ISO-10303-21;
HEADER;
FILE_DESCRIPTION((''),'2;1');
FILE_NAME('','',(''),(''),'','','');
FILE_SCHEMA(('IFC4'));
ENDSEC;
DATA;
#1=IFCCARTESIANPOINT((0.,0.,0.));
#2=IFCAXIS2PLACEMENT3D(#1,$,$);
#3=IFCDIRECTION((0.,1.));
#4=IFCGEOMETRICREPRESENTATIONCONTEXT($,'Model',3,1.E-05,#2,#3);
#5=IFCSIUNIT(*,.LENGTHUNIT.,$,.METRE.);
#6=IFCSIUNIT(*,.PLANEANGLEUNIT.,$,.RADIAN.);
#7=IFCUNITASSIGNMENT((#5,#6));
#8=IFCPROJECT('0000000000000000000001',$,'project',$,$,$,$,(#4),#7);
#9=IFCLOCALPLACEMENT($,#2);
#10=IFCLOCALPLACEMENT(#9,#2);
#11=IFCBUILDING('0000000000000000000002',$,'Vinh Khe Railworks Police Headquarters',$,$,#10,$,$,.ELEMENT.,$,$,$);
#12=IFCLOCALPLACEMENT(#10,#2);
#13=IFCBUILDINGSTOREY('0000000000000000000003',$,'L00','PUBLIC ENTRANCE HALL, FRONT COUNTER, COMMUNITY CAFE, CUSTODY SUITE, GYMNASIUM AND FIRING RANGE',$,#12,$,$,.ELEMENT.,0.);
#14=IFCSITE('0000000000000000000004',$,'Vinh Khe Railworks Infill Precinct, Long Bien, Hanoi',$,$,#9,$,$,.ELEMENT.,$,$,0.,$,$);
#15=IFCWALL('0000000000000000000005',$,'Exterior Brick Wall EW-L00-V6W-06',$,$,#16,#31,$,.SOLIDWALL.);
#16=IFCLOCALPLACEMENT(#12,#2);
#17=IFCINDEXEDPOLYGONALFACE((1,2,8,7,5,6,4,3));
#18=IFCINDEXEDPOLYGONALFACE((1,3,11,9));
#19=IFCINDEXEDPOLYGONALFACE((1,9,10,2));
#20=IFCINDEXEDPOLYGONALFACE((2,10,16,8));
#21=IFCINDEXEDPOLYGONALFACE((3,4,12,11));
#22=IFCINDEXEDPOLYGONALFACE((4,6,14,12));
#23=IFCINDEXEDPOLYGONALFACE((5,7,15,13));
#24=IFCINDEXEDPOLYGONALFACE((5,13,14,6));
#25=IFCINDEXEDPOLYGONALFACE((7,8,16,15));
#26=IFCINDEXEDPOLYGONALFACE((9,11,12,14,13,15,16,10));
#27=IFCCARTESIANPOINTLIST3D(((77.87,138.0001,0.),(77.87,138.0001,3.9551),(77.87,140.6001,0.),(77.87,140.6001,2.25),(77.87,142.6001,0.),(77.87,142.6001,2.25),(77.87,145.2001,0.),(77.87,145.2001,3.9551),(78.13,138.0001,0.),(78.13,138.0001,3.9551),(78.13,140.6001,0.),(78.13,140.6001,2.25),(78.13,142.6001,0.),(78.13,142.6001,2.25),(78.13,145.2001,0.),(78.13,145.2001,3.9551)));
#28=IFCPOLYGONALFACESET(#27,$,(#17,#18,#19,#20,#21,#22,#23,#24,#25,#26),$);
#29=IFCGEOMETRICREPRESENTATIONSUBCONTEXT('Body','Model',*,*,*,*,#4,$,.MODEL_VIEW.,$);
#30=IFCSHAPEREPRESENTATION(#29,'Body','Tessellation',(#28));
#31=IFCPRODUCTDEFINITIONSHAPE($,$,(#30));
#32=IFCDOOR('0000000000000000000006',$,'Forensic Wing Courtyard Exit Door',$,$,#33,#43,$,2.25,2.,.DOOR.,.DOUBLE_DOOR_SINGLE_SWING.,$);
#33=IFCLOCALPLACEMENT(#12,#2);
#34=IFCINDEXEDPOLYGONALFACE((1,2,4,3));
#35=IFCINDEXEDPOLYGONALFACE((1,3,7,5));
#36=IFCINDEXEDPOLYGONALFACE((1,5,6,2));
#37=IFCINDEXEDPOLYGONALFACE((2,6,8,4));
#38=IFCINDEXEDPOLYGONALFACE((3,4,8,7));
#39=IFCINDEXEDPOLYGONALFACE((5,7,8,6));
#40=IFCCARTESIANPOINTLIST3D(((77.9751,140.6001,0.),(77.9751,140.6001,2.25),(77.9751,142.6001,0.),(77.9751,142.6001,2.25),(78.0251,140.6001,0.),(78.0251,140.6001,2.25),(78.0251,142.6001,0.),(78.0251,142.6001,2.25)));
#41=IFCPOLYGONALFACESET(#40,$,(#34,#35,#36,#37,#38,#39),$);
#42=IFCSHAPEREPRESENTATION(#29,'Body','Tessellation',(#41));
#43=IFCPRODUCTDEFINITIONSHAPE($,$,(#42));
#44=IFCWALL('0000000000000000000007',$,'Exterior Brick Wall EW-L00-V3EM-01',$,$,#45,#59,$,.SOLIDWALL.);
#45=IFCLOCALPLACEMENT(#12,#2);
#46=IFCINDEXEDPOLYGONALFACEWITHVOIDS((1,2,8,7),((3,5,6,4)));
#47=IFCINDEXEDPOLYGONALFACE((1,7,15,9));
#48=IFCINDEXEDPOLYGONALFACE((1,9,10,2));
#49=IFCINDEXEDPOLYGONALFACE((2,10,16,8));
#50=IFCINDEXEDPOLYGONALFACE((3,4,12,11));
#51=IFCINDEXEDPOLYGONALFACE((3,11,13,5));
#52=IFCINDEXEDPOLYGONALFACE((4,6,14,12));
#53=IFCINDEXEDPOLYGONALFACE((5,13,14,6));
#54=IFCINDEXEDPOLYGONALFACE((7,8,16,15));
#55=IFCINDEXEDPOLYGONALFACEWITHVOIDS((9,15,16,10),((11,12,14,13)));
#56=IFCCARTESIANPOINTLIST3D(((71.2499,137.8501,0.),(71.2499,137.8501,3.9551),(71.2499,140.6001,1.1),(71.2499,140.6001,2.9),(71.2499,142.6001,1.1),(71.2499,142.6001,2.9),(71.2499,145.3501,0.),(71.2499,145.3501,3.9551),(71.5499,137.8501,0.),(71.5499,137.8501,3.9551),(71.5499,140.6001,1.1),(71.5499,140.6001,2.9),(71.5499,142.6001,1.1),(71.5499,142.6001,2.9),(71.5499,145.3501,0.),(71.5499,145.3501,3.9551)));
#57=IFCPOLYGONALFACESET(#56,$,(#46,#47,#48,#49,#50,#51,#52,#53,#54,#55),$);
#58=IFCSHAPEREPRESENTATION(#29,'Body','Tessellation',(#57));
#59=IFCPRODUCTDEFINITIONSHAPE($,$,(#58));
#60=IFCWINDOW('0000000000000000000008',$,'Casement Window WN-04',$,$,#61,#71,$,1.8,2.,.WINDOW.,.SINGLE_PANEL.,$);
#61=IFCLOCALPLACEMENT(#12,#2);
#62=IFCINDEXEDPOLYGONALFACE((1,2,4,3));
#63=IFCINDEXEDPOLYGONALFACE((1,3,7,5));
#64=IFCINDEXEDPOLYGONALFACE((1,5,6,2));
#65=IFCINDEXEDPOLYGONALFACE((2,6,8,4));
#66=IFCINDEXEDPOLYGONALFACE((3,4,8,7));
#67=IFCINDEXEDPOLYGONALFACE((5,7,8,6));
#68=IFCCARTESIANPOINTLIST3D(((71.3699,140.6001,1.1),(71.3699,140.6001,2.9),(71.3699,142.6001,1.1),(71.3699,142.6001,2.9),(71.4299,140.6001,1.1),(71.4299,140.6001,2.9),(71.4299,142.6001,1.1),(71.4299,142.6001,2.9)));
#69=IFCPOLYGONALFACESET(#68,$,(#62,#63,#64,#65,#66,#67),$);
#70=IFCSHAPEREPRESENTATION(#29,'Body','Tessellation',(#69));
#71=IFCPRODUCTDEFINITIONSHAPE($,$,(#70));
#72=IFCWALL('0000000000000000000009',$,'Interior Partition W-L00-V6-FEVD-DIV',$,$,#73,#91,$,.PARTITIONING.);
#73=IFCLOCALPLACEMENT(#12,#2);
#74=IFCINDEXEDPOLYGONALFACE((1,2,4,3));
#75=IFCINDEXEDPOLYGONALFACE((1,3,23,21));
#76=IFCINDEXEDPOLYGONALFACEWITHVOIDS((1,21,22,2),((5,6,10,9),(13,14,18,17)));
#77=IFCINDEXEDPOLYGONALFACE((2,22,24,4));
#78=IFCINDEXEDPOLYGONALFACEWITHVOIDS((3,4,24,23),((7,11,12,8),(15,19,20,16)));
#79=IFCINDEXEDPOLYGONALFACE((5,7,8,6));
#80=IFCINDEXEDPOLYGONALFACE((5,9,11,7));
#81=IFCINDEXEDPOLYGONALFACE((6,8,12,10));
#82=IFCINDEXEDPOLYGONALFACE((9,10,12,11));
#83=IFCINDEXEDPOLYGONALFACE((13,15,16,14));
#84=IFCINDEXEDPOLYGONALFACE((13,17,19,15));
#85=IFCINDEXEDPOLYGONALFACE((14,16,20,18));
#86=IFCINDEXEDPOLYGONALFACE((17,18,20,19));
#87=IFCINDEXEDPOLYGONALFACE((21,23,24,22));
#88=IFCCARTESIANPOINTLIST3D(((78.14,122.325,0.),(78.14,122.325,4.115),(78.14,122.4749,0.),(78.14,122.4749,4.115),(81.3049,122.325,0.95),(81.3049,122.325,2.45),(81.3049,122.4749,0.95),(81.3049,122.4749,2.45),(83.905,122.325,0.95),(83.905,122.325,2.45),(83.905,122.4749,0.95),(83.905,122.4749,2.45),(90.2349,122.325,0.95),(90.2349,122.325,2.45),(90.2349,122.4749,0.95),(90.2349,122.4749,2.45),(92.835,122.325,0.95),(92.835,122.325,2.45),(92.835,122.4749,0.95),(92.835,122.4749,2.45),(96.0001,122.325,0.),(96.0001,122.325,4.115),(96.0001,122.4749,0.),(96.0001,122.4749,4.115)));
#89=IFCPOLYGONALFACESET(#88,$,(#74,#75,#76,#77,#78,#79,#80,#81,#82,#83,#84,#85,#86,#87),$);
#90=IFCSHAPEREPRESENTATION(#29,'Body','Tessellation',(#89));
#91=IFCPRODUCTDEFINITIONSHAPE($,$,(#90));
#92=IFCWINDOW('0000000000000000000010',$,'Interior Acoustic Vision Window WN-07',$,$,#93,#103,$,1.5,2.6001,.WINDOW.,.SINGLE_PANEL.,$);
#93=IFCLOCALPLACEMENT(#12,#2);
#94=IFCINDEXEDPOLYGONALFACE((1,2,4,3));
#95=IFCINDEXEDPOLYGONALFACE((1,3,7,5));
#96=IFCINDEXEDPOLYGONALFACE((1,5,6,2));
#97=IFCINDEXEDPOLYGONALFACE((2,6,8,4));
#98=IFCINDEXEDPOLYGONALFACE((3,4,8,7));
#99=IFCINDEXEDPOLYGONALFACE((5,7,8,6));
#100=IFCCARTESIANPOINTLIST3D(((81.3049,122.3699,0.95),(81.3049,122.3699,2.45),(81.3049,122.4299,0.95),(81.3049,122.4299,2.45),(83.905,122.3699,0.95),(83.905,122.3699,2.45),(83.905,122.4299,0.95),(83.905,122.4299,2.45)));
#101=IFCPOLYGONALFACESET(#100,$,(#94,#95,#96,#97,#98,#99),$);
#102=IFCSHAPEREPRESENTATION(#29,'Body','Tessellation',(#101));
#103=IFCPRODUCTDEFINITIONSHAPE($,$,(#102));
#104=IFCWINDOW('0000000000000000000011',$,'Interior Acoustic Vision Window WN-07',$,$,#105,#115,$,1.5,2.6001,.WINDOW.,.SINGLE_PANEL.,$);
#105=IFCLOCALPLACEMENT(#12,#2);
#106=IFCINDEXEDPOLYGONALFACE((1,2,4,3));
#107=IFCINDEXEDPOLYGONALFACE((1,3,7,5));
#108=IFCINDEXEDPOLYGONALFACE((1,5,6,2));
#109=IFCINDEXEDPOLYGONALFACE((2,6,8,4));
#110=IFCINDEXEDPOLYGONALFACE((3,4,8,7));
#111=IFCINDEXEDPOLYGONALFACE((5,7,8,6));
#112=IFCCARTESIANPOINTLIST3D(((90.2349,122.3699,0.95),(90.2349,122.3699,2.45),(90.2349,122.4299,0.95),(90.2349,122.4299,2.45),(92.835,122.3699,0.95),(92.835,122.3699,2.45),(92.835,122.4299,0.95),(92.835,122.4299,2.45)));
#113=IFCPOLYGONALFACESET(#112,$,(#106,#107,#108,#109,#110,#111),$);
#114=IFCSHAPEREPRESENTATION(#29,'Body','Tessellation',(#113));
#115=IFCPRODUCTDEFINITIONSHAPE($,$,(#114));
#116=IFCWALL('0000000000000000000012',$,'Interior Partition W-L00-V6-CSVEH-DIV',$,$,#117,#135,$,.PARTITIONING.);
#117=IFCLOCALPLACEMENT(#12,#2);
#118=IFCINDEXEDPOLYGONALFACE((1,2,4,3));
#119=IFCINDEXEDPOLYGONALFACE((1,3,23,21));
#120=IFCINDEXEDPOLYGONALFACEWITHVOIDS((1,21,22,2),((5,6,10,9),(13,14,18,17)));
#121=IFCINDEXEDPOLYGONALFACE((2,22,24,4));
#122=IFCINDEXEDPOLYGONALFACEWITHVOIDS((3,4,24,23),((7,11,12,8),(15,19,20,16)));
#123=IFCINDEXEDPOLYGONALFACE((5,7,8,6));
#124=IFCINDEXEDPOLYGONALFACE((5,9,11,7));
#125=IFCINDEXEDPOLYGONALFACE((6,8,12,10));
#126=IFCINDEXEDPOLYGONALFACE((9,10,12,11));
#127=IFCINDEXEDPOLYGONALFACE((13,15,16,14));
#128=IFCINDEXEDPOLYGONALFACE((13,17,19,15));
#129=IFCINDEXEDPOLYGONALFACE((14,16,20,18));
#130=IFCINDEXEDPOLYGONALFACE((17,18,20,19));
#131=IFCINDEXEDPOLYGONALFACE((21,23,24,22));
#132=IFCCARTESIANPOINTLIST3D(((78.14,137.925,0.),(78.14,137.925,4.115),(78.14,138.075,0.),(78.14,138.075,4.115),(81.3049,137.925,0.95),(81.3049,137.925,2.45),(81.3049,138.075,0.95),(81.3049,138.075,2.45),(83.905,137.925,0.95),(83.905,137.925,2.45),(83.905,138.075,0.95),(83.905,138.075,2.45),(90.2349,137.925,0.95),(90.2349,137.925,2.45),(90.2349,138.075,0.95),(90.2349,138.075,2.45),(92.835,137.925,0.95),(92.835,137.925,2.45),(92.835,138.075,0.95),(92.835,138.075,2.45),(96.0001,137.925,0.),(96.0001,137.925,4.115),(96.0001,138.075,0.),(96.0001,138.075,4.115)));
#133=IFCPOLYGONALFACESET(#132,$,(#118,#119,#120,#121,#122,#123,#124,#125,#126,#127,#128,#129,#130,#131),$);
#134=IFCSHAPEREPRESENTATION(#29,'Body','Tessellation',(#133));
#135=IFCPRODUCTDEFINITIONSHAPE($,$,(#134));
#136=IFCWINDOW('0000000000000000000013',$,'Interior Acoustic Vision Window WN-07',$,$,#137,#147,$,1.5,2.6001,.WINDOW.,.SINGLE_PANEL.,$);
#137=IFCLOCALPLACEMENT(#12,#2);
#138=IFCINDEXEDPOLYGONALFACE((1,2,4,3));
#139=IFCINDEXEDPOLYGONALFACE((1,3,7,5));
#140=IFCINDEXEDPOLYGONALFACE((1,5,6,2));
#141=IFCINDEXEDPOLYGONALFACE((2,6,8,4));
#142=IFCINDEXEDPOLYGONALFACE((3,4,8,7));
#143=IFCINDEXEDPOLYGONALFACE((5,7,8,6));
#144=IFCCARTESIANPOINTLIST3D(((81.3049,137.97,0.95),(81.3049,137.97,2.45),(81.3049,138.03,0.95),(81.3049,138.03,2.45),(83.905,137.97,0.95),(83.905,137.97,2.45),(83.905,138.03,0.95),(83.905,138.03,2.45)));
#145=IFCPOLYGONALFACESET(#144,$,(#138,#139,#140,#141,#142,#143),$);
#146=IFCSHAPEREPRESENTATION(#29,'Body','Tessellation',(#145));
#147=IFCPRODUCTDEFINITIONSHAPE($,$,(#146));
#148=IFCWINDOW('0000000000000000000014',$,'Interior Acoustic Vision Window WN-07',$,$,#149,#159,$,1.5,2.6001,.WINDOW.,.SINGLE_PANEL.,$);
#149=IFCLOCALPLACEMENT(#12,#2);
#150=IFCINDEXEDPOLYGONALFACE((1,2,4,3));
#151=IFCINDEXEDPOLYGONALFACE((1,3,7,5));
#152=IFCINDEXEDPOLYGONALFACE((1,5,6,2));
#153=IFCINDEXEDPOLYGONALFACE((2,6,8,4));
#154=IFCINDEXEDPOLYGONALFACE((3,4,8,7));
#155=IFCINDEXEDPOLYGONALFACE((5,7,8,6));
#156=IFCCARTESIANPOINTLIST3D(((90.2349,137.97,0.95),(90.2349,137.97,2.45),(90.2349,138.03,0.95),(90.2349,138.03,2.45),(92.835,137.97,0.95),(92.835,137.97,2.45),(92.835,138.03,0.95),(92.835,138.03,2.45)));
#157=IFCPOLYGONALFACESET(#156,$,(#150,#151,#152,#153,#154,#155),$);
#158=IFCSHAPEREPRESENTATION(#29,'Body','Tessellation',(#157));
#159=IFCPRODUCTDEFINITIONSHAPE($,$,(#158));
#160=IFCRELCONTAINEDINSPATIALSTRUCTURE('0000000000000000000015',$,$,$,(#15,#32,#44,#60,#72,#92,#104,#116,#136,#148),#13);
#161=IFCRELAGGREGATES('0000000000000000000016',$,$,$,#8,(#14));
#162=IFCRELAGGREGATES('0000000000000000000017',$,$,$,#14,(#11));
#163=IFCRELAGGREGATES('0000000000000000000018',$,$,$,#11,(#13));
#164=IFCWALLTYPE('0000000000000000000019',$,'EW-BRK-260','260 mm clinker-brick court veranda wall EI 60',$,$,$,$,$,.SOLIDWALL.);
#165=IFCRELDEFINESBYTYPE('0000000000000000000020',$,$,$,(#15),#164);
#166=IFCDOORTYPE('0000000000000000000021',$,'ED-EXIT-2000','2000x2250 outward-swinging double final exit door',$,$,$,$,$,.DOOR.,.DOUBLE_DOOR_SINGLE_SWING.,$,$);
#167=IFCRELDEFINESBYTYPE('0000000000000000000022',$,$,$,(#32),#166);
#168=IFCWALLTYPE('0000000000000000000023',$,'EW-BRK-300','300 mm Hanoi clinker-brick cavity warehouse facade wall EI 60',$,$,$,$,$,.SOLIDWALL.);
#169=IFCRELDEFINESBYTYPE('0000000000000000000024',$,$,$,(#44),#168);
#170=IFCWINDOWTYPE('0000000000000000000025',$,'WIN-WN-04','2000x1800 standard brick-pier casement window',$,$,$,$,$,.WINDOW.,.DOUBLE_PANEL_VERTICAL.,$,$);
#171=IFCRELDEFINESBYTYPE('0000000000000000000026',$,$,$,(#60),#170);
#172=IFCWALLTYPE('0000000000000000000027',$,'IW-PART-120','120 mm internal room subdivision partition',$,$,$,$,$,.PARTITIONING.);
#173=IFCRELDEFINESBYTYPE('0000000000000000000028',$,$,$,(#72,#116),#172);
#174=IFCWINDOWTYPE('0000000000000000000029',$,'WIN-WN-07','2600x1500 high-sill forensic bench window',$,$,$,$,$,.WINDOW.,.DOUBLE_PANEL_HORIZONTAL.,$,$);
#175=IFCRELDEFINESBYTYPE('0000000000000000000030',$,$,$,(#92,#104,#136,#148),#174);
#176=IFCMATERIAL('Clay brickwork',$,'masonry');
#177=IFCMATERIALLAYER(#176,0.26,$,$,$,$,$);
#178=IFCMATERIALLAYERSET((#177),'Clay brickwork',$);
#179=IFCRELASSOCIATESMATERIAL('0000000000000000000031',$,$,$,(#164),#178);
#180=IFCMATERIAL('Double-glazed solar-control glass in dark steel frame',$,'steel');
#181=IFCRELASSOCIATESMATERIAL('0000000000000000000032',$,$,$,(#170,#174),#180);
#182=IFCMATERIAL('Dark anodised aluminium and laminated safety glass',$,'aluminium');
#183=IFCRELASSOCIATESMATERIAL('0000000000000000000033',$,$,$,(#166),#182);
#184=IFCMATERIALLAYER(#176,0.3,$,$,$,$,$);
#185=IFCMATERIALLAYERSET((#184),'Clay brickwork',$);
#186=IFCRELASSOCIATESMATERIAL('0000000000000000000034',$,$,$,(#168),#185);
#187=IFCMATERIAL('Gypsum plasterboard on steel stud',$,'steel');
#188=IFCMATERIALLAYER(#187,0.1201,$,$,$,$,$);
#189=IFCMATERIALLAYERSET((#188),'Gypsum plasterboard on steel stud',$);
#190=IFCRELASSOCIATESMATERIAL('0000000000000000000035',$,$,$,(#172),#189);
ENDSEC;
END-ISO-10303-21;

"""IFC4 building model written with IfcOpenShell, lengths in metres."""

from ifc_helpers import new_model, si_unit, direction, frame, frame_2d, origin, place, context, subcontext, project, spatial, rectangle, extrude, material, layer, layer_set, type_object, element, fill, save


model = new_model("IFC4")

# Units and contexts
model_context = context("Model", 3, precision=1e-05, world=origin(), true_north=direction((0.0, 1.0)))
body_context = subcontext(model_context, "Body", "Model", "MODEL_VIEW")
ifc_project = project(units=[si_unit("LENGTHUNIT", "METRE"), si_unit("PLANEANGLEUNIT", "RADIAN")], contexts=[model_context])

# Site, building, storey
site_placement = place(None, origin())
site = spatial("IfcSite", under=ifc_project, at=site_placement, Name="Vinh Khe Railworks Infill Precinct, Long Bien, Hanoi", CompositionType="ELEMENT", RefElevation=0.0)
building_placement = place(site_placement, origin())
building = spatial("IfcBuilding", under=site, at=building_placement, Name="Vinh Khe Railworks Police Headquarters", CompositionType="ELEMENT")
storey_placement = place(building_placement, origin())
storey = spatial("IfcBuildingStorey", under=building, at=storey_placement, Name="L00", Description="PUBLIC ENTRANCE HALL, FRONT COUNTER, COMMUNITY CAFE, CUSTODY SUITE, GYMNASIUM AND FIRING RANGE", CompositionType="ELEMENT", Elevation=0.0)

# Shared definitions
ifc_material_1 = material(Name="Clay brickwork", Category="masonry")
ifc_layer_1 = layer(ifc_material_1, 0.26)
ifc_layer_set_1 = layer_set([ifc_layer_1], Name="Clay brickwork")
wall_type_1 = type_object("IfcWallType", Name="EW-BRK-260", Description="260 mm clinker-brick court veranda wall EI 60", PredefinedType="SOLIDWALL", material=ifc_layer_set_1)
ifc_material_2 = material(Name="Double-glazed solar-control glass in dark steel frame", Category="steel")
window_type_1 = type_object("IfcWindowType", Name="WIN-WN-04", Description="2000x1800 standard brick-pier casement window", PartitioningType="DOUBLE_PANEL_VERTICAL", PredefinedType="WINDOW", material=ifc_material_2)

# Wall, opening, door
wall_1_placement = place(storey_placement, frame((78.0, 138.0, 0.0), z_axis=(0.0, 0.0, 1.0), x_axis=(0.0, 1.0, 0.0)))
wall_1 = element("IfcWall", 1, at=wall_1_placement, inside=storey, type_object=wall_type_1, Name="Exterior Brick Wall EW-L00-V6W-06", PredefinedType="SOLIDWALL", context=body_context, shape_type="SweptSolid", body=[
    extrude(rectangle(XDim=7.2, YDim=0.26, at=frame_2d((3.6001, 0.0))), origin(), (0.0, 0.0, 1.0), 3.9551),
])
opening_1_placement = place(wall_1_placement, frame((2.6001, 0.0, 0.0)))
opening_1 = element("IfcOpeningElement", 2, at=opening_1_placement, cuts=wall_1, PredefinedType="OPENING", context=body_context, shape_type="SweptSolid", body=[
    extrude(rectangle(XDim=2.0, YDim=2.25, at=frame_2d((1.0, 1.125))), frame((0.0, 0.145, 0.0), z_axis=(0.0, -1.0, 0.0), x_axis=(1.0, 0.0, 0.0)), (0.0, 0.0, 1.0), 0.2898),
])
ifc_material_3 = material(Name="Dark anodised aluminium and laminated safety glass", Category="aluminium")
door_type = type_object("IfcDoorType", Name="ED-EXIT-2000", Description="2000x2250 outward-swinging double final exit door", OperationType="DOUBLE_DOOR_SINGLE_SWING", PredefinedType="DOOR", material=ifc_material_3)
door_placement = place(opening_1_placement, origin())
door = element("IfcDoor", 3, at=door_placement, inside=storey, type_object=door_type, Name="Forensic Wing Courtyard Exit Door", OperationType="DOUBLE_DOOR_SINGLE_SWING", OverallHeight=2.25, OverallWidth=2.0, PredefinedType="DOOR", context=body_context, shape_type="SweptSolid", body=[
    extrude(rectangle(XDim=2.0, YDim=2.25, at=frame_2d((1.0, 1.125))), frame((0.0, 0.0249, 0.0), z_axis=(0.0, -1.0, 0.0), x_axis=(1.0, 0.0, 0.0)), (0.0, 0.0, 1.0), 0.05),
])
fill(opening_1, door)

# Wall, opening, window
ifc_layer_2 = layer(ifc_material_1, 0.3)
ifc_layer_set_2 = layer_set([ifc_layer_2], Name="Clay brickwork")
wall_type_2 = type_object("IfcWallType", Name="EW-BRK-300", Description="300 mm Hanoi clinker-brick cavity warehouse facade wall EI 60", PredefinedType="SOLIDWALL", material=ifc_layer_set_2)
wall_2_placement = place(storey_placement, frame((71.3999, 137.8501, 0.0), z_axis=(0.0, 0.0, 1.0), x_axis=(0.0, 1.0, 0.0)))
wall_2 = element("IfcWall", 4, at=wall_2_placement, inside=storey, type_object=wall_type_2, Name="Exterior Brick Wall EW-L00-V3EM-01", PredefinedType="SOLIDWALL", context=body_context, shape_type="SweptSolid", body=[
    extrude(rectangle(XDim=7.5, YDim=0.3, at=frame_2d((3.75, 0.0))), origin(), (0.0, 0.0, 1.0), 3.9551),
])
opening_2_placement = place(wall_2_placement, frame((2.75, 0.0, 1.1001)))
opening_2 = element("IfcOpeningElement", 5, at=opening_2_placement, cuts=wall_2, PredefinedType="OPENING", context=body_context, shape_type="SweptSolid", body=[
    extrude(rectangle(XDim=2.0, YDim=1.8, at=frame_2d((1.0, 0.8999))), frame((0.0, 0.165, 0.0), z_axis=(0.0, -1.0, 0.0), x_axis=(1.0, 0.0, 0.0)), (0.0, 0.0, 1.0), 0.3298),
])
window_1_placement = place(opening_2_placement, origin())
window_1 = element("IfcWindow", 6, at=window_1_placement, inside=storey, type_object=window_type_1, Name="Casement Window WN-04", OverallHeight=1.8, OverallWidth=2.0, PartitioningType="SINGLE_PANEL", PredefinedType="WINDOW", context=body_context, shape_type="SweptSolid", body=[
    extrude(rectangle(XDim=2.0, YDim=1.8, at=frame_2d((1.0, 0.8999))), frame((0.0, 0.03, 0.0), z_axis=(0.0, -1.0, 0.0), x_axis=(1.0, 0.0, 0.0)), (0.0, 0.0, 1.0), 0.0601),
])
fill(opening_2, window_1)

# Walls, openings, windows
ifc_material_4 = material(Name="Gypsum plasterboard on steel stud", Category="steel")
ifc_layer_3 = layer(ifc_material_4, 0.1201)
ifc_layer_set_3 = layer_set([ifc_layer_3], Name="Gypsum plasterboard on steel stud")
wall_type_3 = type_object("IfcWallType", Name="IW-PART-120", Description="120 mm internal room subdivision partition", PredefinedType="PARTITIONING", material=ifc_layer_set_3)
wall_3_placement = place(storey_placement, frame((78.1399, 122.3999, 0.0), z_axis=(0.0, 0.0, 1.0), x_axis=(1.0, 0.0, 0.0)))
wall_3 = element("IfcWall", 7, at=wall_3_placement, inside=storey, type_object=wall_type_3, Name="Interior Partition W-L00-V6-FEVD-DIV", PredefinedType="PARTITIONING", context=body_context, shape_type="SweptSolid", body=[
    extrude(rectangle(XDim=17.8601, YDim=0.1499, at=frame_2d((8.9302, 0.0))), origin(), (0.0, 0.0, 1.0), 4.115),
])
opening_3_placement = place(wall_3_placement, frame((3.165, 0.0, 0.95)))
opening_3 = element("IfcOpeningElement", 8, at=opening_3_placement, cuts=wall_3, PredefinedType="OPENING", context=body_context, shape_type="SweptSolid", body=[
    extrude(rectangle(XDim=2.6001, YDim=1.5, at=frame_2d((1.3, 0.75))), frame((0.0, 0.0898, 0.0), z_axis=(0.0, -1.0, 0.0), x_axis=(1.0, 0.0, 0.0)), (0.0, 0.0, 1.0), 0.1797),
])
opening_4_placement = place(wall_3_placement, frame((12.095, 0.0, 0.95)))
opening_4 = element("IfcOpeningElement", 9, at=opening_4_placement, cuts=wall_3, PredefinedType="OPENING", context=body_context, shape_type="SweptSolid", body=[
    extrude(rectangle(XDim=2.6001, YDim=1.5, at=frame_2d((1.3, 0.75))), frame((0.0, 0.0898, 0.0), z_axis=(0.0, -1.0, 0.0), x_axis=(1.0, 0.0, 0.0)), (0.0, 0.0, 1.0), 0.1797),
])
window_type_2 = type_object("IfcWindowType", Name="WIN-WN-07", Description="2600x1500 high-sill forensic bench window", PartitioningType="DOUBLE_PANEL_HORIZONTAL", PredefinedType="WINDOW", material=ifc_material_2)
window_2_placement = place(opening_3_placement, origin())
window_2 = element("IfcWindow", 10, at=window_2_placement, inside=storey, type_object=window_type_2, Name="Interior Acoustic Vision Window WN-07", OverallHeight=1.5, OverallWidth=2.6001, PartitioningType="SINGLE_PANEL", PredefinedType="WINDOW", context=body_context, shape_type="SweptSolid", body=[
    extrude(rectangle(XDim=2.6001, YDim=1.5, at=frame_2d((1.3, 0.75))), frame((0.0, 0.03, 0.0), z_axis=(0.0, -1.0, 0.0), x_axis=(1.0, 0.0, 0.0)), (0.0, 0.0, 1.0), 0.0601),
])
fill(opening_3, window_2)
window_3_placement = place(opening_4_placement, origin())
window_3 = element("IfcWindow", 11, at=window_3_placement, inside=storey, type_object=window_type_2, Name="Interior Acoustic Vision Window WN-07", OverallHeight=1.5, OverallWidth=2.6001, PartitioningType="SINGLE_PANEL", PredefinedType="WINDOW", context=body_context, shape_type="SweptSolid", body=[
    extrude(rectangle(XDim=2.6001, YDim=1.5, at=frame_2d((1.3, 0.75))), frame((0.0, 0.03, 0.0), z_axis=(0.0, -1.0, 0.0), x_axis=(1.0, 0.0, 0.0)), (0.0, 0.0, 1.0), 0.0601),
])
fill(opening_4, window_3)
wall_4_placement = place(storey_placement, frame((78.1399, 138.0, 0.0), z_axis=(0.0, 0.0, 1.0), x_axis=(1.0, 0.0, 0.0)))
wall_4 = element("IfcWall", 12, at=wall_4_placement, inside=storey, type_object=wall_type_3, Name="Interior Partition W-L00-V6-CSVEH-DIV", PredefinedType="PARTITIONING", context=body_context, shape_type="SweptSolid", body=[
    extrude(rectangle(XDim=17.8601, YDim=0.1499, at=frame_2d((8.9302, 0.0))), origin(), (0.0, 0.0, 1.0), 4.115),
])
opening_5_placement = place(wall_4_placement, frame((3.165, 0.0, 0.95)))
opening_5 = element("IfcOpeningElement", 13, at=opening_5_placement, cuts=wall_4, PredefinedType="OPENING", context=body_context, shape_type="SweptSolid", body=[
    extrude(rectangle(XDim=2.6001, YDim=1.5, at=frame_2d((1.3, 0.75))), frame((0.0, 0.0898, 0.0), z_axis=(0.0, -1.0, 0.0), x_axis=(1.0, 0.0, 0.0)), (0.0, 0.0, 1.0), 0.1797),
])
opening_6_placement = place(wall_4_placement, frame((12.095, 0.0, 0.95)))
opening_6 = element("IfcOpeningElement", 14, at=opening_6_placement, cuts=wall_4, PredefinedType="OPENING", context=body_context, shape_type="SweptSolid", body=[
    extrude(rectangle(XDim=2.6001, YDim=1.5, at=frame_2d((1.3, 0.75))), frame((0.0, 0.0898, 0.0), z_axis=(0.0, -1.0, 0.0), x_axis=(1.0, 0.0, 0.0)), (0.0, 0.0, 1.0), 0.1797),
])
window_4_placement = place(opening_5_placement, origin())
window_4 = element("IfcWindow", 15, at=window_4_placement, inside=storey, type_object=window_type_2, Name="Interior Acoustic Vision Window WN-07", OverallHeight=1.5, OverallWidth=2.6001, PartitioningType="SINGLE_PANEL", PredefinedType="WINDOW", context=body_context, shape_type="SweptSolid", body=[
    extrude(rectangle(XDim=2.6001, YDim=1.5, at=frame_2d((1.3, 0.75))), frame((0.0, 0.03, 0.0), z_axis=(0.0, -1.0, 0.0), x_axis=(1.0, 0.0, 0.0)), (0.0, 0.0, 1.0), 0.0601),
])
fill(opening_5, window_4)
window_5_placement = place(opening_6_placement, origin())
window_5 = element("IfcWindow", 16, at=window_5_placement, inside=storey, type_object=window_type_2, Name="Interior Acoustic Vision Window WN-07", OverallHeight=1.5, OverallWidth=2.6001, PartitioningType="SINGLE_PANEL", PredefinedType="WINDOW", context=body_context, shape_type="SweptSolid", body=[
    extrude(rectangle(XDim=2.6001, YDim=1.5, at=frame_2d((1.3, 0.75))), frame((0.0, 0.03, 0.0), z_axis=(0.0, -1.0, 0.0), x_axis=(1.0, 0.0, 0.0)), (0.0, 0.0, 1.0), 0.0601),
])
fill(opening_6, window_5)

save(model, "model.ifc")
